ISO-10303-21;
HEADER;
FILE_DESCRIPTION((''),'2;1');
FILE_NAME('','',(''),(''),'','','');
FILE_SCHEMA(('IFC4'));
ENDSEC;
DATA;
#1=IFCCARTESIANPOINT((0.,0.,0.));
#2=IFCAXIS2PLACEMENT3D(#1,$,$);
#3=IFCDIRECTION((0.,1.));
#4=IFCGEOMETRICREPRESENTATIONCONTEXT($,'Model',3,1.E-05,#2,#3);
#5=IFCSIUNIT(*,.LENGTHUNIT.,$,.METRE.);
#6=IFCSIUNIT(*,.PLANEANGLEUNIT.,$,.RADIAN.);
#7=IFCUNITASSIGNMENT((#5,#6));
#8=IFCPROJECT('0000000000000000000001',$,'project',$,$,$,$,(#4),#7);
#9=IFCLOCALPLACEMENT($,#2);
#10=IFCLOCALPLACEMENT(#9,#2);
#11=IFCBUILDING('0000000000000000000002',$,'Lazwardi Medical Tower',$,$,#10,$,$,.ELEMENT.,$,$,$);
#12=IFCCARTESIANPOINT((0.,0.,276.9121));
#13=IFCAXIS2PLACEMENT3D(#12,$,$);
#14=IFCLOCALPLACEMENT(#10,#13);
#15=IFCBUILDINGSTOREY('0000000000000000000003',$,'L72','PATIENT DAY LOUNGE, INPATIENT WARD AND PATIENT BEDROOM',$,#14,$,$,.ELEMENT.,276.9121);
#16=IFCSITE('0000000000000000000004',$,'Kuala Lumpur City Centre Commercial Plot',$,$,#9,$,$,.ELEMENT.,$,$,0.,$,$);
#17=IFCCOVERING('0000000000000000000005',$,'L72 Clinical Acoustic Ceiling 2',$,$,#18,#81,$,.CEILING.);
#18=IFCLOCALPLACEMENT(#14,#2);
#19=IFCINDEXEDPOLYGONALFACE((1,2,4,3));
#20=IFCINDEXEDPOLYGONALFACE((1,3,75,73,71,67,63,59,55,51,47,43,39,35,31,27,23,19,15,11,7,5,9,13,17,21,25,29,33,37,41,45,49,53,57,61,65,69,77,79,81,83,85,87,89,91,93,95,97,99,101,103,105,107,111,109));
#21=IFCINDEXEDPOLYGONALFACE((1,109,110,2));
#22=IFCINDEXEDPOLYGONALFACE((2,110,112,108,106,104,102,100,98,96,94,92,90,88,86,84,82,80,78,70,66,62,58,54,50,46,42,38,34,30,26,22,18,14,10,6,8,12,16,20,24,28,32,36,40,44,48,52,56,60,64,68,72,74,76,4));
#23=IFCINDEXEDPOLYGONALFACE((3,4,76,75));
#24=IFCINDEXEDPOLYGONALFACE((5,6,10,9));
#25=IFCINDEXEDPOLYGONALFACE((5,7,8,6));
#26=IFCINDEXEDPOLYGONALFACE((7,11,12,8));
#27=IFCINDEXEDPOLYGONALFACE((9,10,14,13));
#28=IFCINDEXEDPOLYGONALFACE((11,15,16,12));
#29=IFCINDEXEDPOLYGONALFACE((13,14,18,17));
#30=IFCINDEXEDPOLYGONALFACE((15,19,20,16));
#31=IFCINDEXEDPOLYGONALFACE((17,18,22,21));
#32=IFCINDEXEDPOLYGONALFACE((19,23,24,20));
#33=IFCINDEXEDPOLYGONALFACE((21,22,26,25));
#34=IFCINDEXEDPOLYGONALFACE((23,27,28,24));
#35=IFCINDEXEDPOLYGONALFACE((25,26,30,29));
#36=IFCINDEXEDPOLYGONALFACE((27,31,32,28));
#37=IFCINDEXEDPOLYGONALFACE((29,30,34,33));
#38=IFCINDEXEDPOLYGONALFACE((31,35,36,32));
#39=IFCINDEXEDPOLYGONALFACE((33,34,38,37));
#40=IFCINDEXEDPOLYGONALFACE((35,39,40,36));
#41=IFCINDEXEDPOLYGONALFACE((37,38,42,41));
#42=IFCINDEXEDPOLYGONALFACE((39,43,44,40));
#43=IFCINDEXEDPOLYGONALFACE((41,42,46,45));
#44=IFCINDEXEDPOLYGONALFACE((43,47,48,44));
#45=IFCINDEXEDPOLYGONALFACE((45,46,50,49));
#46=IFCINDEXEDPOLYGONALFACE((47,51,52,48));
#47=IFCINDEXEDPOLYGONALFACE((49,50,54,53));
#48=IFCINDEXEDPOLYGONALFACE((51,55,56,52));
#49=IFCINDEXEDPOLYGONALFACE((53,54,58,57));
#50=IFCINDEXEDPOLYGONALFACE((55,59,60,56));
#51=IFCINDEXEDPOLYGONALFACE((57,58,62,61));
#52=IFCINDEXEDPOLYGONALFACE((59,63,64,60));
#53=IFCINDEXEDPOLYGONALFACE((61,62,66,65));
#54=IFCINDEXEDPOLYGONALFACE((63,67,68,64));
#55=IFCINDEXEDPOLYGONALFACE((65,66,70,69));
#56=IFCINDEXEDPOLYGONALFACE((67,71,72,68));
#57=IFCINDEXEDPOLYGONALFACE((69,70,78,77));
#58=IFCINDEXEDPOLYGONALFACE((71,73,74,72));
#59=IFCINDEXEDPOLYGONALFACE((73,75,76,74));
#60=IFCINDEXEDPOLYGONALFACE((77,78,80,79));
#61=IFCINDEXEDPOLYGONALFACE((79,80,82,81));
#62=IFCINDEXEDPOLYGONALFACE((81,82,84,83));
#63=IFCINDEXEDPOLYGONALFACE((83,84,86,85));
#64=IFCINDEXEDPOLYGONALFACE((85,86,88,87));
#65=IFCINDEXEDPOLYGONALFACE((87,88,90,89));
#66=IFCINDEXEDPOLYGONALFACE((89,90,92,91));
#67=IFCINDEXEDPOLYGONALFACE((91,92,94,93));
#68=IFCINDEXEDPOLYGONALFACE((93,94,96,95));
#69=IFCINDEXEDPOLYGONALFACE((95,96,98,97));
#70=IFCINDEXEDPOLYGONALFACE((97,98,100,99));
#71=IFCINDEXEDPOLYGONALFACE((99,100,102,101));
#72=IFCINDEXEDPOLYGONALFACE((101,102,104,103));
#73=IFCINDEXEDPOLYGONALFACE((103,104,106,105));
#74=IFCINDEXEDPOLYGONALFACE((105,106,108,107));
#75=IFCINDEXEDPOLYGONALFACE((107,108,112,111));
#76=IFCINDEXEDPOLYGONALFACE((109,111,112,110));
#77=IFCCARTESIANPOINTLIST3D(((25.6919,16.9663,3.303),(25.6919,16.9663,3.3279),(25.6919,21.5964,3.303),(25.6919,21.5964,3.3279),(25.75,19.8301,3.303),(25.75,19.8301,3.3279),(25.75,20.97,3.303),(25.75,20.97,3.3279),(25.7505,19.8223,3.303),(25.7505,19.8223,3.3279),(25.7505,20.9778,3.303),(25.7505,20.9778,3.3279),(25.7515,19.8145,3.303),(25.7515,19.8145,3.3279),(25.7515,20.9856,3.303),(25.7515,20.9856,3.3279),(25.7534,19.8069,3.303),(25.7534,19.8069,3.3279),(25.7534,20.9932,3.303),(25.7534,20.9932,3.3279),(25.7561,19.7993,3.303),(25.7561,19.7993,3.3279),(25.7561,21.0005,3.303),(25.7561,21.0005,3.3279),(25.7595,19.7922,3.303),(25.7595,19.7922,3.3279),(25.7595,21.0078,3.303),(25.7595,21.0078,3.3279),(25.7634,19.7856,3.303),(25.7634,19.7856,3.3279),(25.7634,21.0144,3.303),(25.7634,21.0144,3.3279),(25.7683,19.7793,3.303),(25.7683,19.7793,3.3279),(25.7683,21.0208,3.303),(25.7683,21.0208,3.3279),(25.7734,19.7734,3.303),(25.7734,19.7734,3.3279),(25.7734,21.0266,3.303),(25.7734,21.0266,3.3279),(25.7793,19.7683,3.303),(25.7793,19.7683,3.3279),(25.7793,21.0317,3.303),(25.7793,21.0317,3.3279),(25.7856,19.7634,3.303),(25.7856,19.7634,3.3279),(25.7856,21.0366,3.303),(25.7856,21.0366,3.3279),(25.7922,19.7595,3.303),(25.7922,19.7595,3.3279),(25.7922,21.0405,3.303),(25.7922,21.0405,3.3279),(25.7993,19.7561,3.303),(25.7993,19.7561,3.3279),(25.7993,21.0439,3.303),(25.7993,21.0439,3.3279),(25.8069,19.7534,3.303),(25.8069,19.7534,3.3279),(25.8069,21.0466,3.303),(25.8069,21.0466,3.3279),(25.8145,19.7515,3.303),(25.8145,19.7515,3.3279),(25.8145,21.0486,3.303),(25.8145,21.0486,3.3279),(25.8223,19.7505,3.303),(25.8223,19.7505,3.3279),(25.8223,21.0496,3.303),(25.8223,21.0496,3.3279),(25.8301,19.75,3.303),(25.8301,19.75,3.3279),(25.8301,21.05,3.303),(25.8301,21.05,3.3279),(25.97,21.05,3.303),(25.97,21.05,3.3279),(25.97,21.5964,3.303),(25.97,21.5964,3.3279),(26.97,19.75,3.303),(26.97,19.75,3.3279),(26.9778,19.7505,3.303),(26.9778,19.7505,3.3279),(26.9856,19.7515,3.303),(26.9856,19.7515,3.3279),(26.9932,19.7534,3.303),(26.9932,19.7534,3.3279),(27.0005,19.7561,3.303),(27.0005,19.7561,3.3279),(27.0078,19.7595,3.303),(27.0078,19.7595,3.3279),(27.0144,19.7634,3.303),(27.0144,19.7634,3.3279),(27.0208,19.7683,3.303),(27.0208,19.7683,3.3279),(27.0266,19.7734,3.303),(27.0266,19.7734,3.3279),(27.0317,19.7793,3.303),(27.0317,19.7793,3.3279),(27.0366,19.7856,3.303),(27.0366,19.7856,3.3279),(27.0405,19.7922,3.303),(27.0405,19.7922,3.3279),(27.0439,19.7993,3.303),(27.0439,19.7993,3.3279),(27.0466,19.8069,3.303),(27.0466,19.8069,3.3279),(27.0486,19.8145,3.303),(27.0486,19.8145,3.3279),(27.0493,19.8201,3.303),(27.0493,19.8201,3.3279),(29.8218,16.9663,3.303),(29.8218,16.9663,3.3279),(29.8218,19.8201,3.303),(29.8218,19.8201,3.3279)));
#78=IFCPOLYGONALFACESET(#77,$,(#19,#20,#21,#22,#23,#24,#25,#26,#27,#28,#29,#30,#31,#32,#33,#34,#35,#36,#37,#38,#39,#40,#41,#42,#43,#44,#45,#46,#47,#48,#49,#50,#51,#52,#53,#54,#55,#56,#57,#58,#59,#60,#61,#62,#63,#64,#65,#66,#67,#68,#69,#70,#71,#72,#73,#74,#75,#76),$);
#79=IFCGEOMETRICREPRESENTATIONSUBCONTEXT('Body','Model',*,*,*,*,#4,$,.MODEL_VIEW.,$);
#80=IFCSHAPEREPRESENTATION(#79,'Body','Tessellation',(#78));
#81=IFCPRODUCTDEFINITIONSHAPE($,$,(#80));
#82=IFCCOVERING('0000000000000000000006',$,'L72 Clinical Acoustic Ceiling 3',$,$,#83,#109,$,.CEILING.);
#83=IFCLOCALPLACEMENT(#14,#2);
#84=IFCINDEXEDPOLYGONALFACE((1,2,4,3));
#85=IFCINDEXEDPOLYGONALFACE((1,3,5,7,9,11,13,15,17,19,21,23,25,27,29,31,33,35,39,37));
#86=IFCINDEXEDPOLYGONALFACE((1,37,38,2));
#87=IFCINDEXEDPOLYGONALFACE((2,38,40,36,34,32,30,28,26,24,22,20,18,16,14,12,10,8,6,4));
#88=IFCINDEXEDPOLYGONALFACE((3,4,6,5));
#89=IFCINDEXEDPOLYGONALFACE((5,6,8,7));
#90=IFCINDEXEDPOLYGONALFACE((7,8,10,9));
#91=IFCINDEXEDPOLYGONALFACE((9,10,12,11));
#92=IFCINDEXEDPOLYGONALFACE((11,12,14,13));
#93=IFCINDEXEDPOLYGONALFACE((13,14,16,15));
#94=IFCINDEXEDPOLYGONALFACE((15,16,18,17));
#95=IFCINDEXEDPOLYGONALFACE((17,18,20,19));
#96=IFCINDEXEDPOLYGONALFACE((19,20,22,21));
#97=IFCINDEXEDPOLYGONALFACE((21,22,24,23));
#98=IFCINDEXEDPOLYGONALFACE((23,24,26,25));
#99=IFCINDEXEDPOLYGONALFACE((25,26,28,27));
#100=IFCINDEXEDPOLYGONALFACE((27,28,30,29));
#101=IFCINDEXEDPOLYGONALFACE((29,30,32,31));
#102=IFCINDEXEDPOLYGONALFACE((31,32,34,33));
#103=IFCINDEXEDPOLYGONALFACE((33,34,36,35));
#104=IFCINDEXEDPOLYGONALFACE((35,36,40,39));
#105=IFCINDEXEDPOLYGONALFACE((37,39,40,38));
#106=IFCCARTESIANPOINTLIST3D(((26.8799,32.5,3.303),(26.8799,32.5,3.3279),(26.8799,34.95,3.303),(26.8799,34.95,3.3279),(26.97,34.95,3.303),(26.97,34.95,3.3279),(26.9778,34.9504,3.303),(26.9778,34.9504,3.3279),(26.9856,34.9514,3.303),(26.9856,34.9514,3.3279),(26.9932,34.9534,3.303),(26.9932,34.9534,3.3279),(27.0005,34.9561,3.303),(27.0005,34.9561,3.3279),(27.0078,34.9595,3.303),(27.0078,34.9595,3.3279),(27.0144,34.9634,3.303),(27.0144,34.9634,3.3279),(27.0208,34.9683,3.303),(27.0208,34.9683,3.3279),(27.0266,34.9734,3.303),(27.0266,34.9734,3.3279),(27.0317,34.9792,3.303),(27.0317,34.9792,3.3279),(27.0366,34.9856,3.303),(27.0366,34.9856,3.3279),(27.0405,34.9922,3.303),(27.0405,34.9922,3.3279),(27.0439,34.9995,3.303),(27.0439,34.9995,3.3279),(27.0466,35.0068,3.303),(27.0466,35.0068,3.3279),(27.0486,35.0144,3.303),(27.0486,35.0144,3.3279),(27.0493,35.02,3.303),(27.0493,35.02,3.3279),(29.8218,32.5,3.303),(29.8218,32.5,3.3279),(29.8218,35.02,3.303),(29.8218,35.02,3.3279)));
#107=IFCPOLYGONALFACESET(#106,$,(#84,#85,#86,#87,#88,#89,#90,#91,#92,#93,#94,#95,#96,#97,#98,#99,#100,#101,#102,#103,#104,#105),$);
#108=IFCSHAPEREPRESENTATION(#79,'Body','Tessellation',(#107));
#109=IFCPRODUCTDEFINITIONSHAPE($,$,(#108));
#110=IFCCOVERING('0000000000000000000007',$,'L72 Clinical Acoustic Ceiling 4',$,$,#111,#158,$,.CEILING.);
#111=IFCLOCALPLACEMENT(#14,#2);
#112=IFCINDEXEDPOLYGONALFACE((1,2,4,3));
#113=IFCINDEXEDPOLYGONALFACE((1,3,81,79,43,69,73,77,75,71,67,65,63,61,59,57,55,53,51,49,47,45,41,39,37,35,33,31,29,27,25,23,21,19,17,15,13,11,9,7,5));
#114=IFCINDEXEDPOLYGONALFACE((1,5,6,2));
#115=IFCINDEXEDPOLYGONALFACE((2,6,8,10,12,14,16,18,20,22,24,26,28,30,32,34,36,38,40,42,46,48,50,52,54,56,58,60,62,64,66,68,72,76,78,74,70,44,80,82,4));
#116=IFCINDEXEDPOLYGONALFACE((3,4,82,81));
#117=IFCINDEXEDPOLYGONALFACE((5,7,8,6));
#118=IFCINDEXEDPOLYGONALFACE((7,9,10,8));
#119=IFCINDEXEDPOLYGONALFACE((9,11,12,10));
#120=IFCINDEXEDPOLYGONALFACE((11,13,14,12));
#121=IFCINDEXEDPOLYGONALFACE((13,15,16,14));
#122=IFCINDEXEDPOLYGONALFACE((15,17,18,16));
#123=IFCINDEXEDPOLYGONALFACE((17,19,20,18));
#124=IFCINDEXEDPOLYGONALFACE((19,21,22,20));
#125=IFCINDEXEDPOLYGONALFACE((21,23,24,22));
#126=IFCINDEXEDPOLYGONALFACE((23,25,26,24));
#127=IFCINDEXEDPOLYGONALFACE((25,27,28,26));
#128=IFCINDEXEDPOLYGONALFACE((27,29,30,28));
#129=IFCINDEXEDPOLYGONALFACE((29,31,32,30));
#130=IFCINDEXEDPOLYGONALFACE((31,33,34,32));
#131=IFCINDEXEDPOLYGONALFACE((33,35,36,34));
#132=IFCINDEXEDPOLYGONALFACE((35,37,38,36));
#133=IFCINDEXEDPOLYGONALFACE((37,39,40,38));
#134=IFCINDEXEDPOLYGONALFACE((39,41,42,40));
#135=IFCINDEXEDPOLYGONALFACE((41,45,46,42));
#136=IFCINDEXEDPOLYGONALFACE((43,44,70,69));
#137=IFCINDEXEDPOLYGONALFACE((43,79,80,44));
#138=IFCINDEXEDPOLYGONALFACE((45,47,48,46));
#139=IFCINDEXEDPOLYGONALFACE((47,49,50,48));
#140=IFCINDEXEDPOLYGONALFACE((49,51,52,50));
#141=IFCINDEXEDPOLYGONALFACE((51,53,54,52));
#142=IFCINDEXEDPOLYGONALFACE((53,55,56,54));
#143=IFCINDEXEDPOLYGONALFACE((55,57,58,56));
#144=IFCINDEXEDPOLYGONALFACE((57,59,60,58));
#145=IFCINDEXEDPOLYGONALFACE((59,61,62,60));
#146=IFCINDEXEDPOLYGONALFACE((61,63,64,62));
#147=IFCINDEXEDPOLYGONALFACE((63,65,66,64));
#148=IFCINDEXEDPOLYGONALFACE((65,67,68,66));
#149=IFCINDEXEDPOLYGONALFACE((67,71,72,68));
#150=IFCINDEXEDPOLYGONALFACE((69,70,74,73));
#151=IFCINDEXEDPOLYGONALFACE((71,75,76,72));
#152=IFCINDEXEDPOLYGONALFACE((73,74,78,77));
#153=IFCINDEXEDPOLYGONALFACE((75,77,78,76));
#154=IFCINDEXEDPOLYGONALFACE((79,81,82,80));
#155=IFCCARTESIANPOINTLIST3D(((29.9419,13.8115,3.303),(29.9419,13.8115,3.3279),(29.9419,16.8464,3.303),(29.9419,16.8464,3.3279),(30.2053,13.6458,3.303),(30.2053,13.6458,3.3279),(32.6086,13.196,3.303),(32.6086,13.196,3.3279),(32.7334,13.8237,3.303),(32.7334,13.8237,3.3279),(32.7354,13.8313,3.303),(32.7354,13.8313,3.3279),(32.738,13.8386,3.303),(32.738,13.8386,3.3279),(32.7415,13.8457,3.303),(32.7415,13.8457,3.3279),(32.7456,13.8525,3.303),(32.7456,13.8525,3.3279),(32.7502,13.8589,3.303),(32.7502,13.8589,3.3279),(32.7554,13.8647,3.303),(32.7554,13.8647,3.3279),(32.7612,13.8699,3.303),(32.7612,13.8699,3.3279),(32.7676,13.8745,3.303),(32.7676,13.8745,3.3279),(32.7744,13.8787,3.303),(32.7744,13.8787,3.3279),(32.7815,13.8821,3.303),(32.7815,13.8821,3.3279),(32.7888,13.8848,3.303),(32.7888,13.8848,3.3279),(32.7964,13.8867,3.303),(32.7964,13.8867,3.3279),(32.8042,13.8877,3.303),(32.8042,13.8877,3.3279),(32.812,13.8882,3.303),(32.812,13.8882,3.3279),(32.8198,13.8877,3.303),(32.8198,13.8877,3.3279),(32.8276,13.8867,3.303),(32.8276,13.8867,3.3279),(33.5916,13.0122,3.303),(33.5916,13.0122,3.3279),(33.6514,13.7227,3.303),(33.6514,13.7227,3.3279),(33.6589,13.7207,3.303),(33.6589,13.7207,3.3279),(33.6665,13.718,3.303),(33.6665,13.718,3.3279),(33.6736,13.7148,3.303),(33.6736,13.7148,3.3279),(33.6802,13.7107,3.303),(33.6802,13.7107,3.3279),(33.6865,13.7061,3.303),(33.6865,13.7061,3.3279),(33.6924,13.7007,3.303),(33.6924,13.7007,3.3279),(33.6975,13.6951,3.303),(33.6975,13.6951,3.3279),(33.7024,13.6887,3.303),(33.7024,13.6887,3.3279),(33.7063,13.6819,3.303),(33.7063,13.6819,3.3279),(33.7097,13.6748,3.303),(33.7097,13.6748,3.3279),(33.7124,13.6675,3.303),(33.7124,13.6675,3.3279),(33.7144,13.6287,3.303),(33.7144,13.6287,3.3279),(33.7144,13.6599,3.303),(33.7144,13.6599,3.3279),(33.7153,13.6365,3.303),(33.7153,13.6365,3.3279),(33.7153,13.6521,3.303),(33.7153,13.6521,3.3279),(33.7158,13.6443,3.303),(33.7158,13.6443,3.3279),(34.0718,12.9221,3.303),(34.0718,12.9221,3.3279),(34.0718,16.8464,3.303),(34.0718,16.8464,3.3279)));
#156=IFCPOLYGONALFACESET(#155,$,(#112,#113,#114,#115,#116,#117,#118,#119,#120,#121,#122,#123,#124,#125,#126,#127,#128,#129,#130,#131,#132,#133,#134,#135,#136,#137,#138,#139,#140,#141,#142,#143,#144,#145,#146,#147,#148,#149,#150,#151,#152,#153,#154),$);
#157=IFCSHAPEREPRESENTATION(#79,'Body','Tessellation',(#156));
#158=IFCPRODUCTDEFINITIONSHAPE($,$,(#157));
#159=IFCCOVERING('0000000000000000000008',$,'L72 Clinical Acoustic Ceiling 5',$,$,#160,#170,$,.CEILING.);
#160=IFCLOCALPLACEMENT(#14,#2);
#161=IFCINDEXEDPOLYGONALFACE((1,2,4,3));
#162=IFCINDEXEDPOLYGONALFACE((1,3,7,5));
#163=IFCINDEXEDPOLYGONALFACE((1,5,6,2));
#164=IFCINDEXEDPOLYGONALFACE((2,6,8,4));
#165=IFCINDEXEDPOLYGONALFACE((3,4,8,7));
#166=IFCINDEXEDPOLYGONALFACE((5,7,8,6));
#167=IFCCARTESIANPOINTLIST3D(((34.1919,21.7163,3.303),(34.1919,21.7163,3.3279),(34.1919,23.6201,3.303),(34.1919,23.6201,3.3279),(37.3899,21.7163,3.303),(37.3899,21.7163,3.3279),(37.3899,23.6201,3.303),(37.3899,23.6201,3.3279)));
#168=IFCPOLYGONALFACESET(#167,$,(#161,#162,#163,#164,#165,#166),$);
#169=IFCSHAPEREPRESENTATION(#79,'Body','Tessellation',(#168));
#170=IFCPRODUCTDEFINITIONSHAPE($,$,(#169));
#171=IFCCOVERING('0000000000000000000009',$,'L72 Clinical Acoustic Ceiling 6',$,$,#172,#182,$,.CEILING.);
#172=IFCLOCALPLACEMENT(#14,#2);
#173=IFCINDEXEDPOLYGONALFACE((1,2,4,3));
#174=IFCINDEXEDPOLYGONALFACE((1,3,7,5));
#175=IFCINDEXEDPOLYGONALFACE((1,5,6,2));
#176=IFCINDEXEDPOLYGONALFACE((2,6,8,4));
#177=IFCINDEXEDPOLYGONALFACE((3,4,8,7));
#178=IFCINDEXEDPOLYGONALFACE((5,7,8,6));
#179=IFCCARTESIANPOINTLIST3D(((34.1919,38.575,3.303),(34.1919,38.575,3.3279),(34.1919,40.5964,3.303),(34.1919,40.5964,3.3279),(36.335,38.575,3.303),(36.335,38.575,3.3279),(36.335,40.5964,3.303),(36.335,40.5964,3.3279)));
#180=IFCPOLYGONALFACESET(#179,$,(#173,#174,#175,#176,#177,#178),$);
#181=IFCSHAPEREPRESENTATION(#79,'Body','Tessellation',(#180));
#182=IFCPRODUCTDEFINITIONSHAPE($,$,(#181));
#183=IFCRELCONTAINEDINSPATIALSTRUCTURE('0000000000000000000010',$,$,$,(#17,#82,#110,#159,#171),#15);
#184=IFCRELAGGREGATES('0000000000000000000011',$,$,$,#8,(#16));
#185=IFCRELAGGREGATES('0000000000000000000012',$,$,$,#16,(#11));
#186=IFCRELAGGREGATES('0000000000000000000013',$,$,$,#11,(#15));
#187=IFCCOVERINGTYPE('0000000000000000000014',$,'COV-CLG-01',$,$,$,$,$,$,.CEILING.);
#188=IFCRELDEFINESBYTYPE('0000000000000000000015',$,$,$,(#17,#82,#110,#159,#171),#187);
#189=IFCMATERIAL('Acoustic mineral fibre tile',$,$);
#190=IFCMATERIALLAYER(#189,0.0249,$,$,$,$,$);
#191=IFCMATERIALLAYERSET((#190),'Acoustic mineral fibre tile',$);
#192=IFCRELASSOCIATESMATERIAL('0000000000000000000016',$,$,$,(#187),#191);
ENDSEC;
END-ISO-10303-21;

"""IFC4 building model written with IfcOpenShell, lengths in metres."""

from ifc_helpers import new_model, si_unit, direction, frame, origin, place, context, subcontext, project, spatial, polyline, outline, extrude, material, layer, layer_set, type_object, element, save


model = new_model("IFC4")

# Units and contexts
model_context = context("Model", 3, precision=1e-05, world=origin(), true_north=direction((0.0, 1.0)))
body_context = subcontext(model_context, "Body", "Model", "MODEL_VIEW")
ifc_project = project(units=[si_unit("LENGTHUNIT", "METRE"), si_unit("PLANEANGLEUNIT", "RADIAN")], contexts=[model_context])

# Site, building, storey
site_placement = place(None, origin())
site = spatial("IfcSite", under=ifc_project, at=site_placement, Name="Kuala Lumpur City Centre Commercial Plot", CompositionType="ELEMENT", RefElevation=0.0)
building_placement = place(site_placement, origin())
building = spatial("IfcBuilding", under=site, at=building_placement, Name="Lazwardi Medical Tower", CompositionType="ELEMENT")
storey_placement = place(building_placement, frame((0.0, 0.0, 276.9121)))
storey = spatial("IfcBuildingStorey", under=building, at=storey_placement, Name="L72", Description="PATIENT DAY LOUNGE, INPATIENT WARD AND PATIENT BEDROOM", CompositionType="ELEMENT", Elevation=276.9121)

# Coverings
ifc_material_1 = material(Name="Acoustic mineral fibre tile")
ifc_layer_1 = layer(ifc_material_1, 0.0249)
ifc_layer_set_1 = layer_set([ifc_layer_1], Name="Acoustic mineral fibre tile")
covering_type_1 = type_object("IfcCoveringType", Name="COV-CLG-01", PredefinedType="CEILING", material=ifc_layer_set_1)
covering_1_placement = place(storey_placement, frame((0.0, 0.0, 3.303)))
element("IfcCovering", 1, at=covering_1_placement, inside=storey, type_object=covering_type_1, Name="L72 Clinical Acoustic Ceiling 2", PredefinedType="CEILING", context=body_context, shape_type="SweptSolid", body=[
    extrude(outline(polyline([(29.8218, 19.8201), (27.0493, 19.8201), (27.0486, 19.8145), (27.0466, 19.8069), (27.0439, 19.7993), (27.0405, 19.7922), (27.0366, 19.7856), (27.0317, 19.7793), (27.0266, 19.7734), (27.0208, 19.7683), (27.0144, 19.7634), (27.0078, 19.7595), (27.0005, 19.7561), (26.9932, 19.7534), (26.9856, 19.7515), (26.9778, 19.7505), (26.97, 19.75), (25.8301, 19.75), (25.8223, 19.7505), (25.8145, 19.7515), (25.8069, 19.7534), (25.7993, 19.7561), (25.7922, 19.7595), (25.7856, 19.7634), (25.7793, 19.7683), (25.7734, 19.7734), (25.7683, 19.7793), (25.7634, 19.7856), (25.7595, 19.7922), (25.7561, 19.7993), (25.7534, 19.8069), (25.7515, 19.8145), (25.7505, 19.8223), (25.75, 19.8301), (25.75, 20.97), (25.7505, 20.9778), (25.7515, 20.9856), (25.7534, 20.9932), (25.7561, 21.0005), (25.7595, 21.0078), (25.7634, 21.0144), (25.7683, 21.0208), (25.7734, 21.0266), (25.7793, 21.0317), (25.7856, 21.0366), (25.7922, 21.0405), (25.7993, 21.0439), (25.8069, 21.0466), (25.8145, 21.0486), (25.8223, 21.0496), (25.8301, 21.05), (25.97, 21.05), (25.97, 21.5964), (25.6919, 21.5964), (25.6919, 16.9663), (29.8218, 16.9663), (29.8218, 19.8201)])), origin(), (0.0, 0.0, 1.0), 0.0249),
])
covering_2_placement = place(storey_placement, frame((0.0, 0.0, 3.303)))
element("IfcCovering", 2, at=covering_2_placement, inside=storey, type_object=covering_type_1, Name="L72 Clinical Acoustic Ceiling 3", PredefinedType="CEILING", context=body_context, shape_type="SweptSolid", body=[
    extrude(outline(polyline([(29.8218, 35.02), (27.0493, 35.02), (27.0486, 35.0144), (27.0466, 35.0068), (27.0439, 34.9995), (27.0405, 34.9922), (27.0366, 34.9856), (27.0317, 34.9792), (27.0266, 34.9734), (27.0208, 34.9683), (27.0144, 34.9634), (27.0078, 34.9595), (27.0005, 34.9561), (26.9932, 34.9534), (26.9856, 34.9514), (26.9778, 34.9504), (26.97, 34.95), (26.8799, 34.95), (26.8799, 32.5), (29.8218, 32.5), (29.8218, 35.02)])), origin(), (0.0, 0.0, 1.0), 0.0249),
])
covering_3_placement = place(storey_placement, frame((0.0, 0.0, 3.303)))
element("IfcCovering", 3, at=covering_3_placement, inside=storey, type_object=covering_type_1, Name="L72 Clinical Acoustic Ceiling 4", PredefinedType="CEILING", context=body_context, shape_type="SweptSolid", body=[
    extrude(outline(polyline([(29.9419, 13.8115), (30.2053, 13.6458), (32.6086, 13.196), (32.7334, 13.8237), (32.7354, 13.8313), (32.738, 13.8386), (32.7415, 13.8457), (32.7456, 13.8525), (32.7502, 13.8589), (32.7554, 13.8647), (32.7612, 13.8699), (32.7676, 13.8745), (32.7744, 13.8787), (32.7815, 13.8821), (32.7888, 13.8848), (32.7964, 13.8867), (32.8042, 13.8877), (32.812, 13.8882), (32.8198, 13.8877), (32.8276, 13.8867), (33.6514, 13.7227), (33.6589, 13.7207), (33.6665, 13.718), (33.6736, 13.7148), (33.6802, 13.7107), (33.6865, 13.7061), (33.6924, 13.7007), (33.6975, 13.6951), (33.7024, 13.6887), (33.7063, 13.6819), (33.7097, 13.6748), (33.7124, 13.6675), (33.7144, 13.6599), (33.7153, 13.6521), (33.7158, 13.6443), (33.7153, 13.6365), (33.7144, 13.6287), (33.5916, 13.0122), (34.0718, 12.9221), (34.0718, 16.8464), (29.9419, 16.8464), (29.9419, 13.8115)])), origin(), (0.0, 0.0, 1.0), 0.0249),
])
covering_4_placement = place(storey_placement, frame((0.0, 0.0, 3.303)))
element("IfcCovering", 4, at=covering_4_placement, inside=storey, type_object=covering_type_1, Name="L72 Clinical Acoustic Ceiling 5", PredefinedType="CEILING", context=body_context, shape_type="SweptSolid", body=[
    extrude(outline(polyline([(37.3899, 21.7163), (37.3899, 23.6201), (34.1919, 23.6201), (34.1919, 21.7163), (37.3899, 21.7163)])), origin(), (0.0, 0.0, 1.0), 0.0249),
])
covering_5_placement = place(storey_placement, frame((0.0, 0.0, 3.303)))
element("IfcCovering", 5, at=covering_5_placement, inside=storey, type_object=covering_type_1, Name="L72 Clinical Acoustic Ceiling 6", PredefinedType="CEILING", context=body_context, shape_type="SweptSolid", body=[
    extrude(outline(polyline([(34.1919, 38.575), (36.335, 38.575), (36.335, 40.5964), (34.1919, 40.5964), (34.1919, 38.575)])), origin(), (0.0, 0.0, 1.0), 0.0249),
])

save(model, "model.ifc")
